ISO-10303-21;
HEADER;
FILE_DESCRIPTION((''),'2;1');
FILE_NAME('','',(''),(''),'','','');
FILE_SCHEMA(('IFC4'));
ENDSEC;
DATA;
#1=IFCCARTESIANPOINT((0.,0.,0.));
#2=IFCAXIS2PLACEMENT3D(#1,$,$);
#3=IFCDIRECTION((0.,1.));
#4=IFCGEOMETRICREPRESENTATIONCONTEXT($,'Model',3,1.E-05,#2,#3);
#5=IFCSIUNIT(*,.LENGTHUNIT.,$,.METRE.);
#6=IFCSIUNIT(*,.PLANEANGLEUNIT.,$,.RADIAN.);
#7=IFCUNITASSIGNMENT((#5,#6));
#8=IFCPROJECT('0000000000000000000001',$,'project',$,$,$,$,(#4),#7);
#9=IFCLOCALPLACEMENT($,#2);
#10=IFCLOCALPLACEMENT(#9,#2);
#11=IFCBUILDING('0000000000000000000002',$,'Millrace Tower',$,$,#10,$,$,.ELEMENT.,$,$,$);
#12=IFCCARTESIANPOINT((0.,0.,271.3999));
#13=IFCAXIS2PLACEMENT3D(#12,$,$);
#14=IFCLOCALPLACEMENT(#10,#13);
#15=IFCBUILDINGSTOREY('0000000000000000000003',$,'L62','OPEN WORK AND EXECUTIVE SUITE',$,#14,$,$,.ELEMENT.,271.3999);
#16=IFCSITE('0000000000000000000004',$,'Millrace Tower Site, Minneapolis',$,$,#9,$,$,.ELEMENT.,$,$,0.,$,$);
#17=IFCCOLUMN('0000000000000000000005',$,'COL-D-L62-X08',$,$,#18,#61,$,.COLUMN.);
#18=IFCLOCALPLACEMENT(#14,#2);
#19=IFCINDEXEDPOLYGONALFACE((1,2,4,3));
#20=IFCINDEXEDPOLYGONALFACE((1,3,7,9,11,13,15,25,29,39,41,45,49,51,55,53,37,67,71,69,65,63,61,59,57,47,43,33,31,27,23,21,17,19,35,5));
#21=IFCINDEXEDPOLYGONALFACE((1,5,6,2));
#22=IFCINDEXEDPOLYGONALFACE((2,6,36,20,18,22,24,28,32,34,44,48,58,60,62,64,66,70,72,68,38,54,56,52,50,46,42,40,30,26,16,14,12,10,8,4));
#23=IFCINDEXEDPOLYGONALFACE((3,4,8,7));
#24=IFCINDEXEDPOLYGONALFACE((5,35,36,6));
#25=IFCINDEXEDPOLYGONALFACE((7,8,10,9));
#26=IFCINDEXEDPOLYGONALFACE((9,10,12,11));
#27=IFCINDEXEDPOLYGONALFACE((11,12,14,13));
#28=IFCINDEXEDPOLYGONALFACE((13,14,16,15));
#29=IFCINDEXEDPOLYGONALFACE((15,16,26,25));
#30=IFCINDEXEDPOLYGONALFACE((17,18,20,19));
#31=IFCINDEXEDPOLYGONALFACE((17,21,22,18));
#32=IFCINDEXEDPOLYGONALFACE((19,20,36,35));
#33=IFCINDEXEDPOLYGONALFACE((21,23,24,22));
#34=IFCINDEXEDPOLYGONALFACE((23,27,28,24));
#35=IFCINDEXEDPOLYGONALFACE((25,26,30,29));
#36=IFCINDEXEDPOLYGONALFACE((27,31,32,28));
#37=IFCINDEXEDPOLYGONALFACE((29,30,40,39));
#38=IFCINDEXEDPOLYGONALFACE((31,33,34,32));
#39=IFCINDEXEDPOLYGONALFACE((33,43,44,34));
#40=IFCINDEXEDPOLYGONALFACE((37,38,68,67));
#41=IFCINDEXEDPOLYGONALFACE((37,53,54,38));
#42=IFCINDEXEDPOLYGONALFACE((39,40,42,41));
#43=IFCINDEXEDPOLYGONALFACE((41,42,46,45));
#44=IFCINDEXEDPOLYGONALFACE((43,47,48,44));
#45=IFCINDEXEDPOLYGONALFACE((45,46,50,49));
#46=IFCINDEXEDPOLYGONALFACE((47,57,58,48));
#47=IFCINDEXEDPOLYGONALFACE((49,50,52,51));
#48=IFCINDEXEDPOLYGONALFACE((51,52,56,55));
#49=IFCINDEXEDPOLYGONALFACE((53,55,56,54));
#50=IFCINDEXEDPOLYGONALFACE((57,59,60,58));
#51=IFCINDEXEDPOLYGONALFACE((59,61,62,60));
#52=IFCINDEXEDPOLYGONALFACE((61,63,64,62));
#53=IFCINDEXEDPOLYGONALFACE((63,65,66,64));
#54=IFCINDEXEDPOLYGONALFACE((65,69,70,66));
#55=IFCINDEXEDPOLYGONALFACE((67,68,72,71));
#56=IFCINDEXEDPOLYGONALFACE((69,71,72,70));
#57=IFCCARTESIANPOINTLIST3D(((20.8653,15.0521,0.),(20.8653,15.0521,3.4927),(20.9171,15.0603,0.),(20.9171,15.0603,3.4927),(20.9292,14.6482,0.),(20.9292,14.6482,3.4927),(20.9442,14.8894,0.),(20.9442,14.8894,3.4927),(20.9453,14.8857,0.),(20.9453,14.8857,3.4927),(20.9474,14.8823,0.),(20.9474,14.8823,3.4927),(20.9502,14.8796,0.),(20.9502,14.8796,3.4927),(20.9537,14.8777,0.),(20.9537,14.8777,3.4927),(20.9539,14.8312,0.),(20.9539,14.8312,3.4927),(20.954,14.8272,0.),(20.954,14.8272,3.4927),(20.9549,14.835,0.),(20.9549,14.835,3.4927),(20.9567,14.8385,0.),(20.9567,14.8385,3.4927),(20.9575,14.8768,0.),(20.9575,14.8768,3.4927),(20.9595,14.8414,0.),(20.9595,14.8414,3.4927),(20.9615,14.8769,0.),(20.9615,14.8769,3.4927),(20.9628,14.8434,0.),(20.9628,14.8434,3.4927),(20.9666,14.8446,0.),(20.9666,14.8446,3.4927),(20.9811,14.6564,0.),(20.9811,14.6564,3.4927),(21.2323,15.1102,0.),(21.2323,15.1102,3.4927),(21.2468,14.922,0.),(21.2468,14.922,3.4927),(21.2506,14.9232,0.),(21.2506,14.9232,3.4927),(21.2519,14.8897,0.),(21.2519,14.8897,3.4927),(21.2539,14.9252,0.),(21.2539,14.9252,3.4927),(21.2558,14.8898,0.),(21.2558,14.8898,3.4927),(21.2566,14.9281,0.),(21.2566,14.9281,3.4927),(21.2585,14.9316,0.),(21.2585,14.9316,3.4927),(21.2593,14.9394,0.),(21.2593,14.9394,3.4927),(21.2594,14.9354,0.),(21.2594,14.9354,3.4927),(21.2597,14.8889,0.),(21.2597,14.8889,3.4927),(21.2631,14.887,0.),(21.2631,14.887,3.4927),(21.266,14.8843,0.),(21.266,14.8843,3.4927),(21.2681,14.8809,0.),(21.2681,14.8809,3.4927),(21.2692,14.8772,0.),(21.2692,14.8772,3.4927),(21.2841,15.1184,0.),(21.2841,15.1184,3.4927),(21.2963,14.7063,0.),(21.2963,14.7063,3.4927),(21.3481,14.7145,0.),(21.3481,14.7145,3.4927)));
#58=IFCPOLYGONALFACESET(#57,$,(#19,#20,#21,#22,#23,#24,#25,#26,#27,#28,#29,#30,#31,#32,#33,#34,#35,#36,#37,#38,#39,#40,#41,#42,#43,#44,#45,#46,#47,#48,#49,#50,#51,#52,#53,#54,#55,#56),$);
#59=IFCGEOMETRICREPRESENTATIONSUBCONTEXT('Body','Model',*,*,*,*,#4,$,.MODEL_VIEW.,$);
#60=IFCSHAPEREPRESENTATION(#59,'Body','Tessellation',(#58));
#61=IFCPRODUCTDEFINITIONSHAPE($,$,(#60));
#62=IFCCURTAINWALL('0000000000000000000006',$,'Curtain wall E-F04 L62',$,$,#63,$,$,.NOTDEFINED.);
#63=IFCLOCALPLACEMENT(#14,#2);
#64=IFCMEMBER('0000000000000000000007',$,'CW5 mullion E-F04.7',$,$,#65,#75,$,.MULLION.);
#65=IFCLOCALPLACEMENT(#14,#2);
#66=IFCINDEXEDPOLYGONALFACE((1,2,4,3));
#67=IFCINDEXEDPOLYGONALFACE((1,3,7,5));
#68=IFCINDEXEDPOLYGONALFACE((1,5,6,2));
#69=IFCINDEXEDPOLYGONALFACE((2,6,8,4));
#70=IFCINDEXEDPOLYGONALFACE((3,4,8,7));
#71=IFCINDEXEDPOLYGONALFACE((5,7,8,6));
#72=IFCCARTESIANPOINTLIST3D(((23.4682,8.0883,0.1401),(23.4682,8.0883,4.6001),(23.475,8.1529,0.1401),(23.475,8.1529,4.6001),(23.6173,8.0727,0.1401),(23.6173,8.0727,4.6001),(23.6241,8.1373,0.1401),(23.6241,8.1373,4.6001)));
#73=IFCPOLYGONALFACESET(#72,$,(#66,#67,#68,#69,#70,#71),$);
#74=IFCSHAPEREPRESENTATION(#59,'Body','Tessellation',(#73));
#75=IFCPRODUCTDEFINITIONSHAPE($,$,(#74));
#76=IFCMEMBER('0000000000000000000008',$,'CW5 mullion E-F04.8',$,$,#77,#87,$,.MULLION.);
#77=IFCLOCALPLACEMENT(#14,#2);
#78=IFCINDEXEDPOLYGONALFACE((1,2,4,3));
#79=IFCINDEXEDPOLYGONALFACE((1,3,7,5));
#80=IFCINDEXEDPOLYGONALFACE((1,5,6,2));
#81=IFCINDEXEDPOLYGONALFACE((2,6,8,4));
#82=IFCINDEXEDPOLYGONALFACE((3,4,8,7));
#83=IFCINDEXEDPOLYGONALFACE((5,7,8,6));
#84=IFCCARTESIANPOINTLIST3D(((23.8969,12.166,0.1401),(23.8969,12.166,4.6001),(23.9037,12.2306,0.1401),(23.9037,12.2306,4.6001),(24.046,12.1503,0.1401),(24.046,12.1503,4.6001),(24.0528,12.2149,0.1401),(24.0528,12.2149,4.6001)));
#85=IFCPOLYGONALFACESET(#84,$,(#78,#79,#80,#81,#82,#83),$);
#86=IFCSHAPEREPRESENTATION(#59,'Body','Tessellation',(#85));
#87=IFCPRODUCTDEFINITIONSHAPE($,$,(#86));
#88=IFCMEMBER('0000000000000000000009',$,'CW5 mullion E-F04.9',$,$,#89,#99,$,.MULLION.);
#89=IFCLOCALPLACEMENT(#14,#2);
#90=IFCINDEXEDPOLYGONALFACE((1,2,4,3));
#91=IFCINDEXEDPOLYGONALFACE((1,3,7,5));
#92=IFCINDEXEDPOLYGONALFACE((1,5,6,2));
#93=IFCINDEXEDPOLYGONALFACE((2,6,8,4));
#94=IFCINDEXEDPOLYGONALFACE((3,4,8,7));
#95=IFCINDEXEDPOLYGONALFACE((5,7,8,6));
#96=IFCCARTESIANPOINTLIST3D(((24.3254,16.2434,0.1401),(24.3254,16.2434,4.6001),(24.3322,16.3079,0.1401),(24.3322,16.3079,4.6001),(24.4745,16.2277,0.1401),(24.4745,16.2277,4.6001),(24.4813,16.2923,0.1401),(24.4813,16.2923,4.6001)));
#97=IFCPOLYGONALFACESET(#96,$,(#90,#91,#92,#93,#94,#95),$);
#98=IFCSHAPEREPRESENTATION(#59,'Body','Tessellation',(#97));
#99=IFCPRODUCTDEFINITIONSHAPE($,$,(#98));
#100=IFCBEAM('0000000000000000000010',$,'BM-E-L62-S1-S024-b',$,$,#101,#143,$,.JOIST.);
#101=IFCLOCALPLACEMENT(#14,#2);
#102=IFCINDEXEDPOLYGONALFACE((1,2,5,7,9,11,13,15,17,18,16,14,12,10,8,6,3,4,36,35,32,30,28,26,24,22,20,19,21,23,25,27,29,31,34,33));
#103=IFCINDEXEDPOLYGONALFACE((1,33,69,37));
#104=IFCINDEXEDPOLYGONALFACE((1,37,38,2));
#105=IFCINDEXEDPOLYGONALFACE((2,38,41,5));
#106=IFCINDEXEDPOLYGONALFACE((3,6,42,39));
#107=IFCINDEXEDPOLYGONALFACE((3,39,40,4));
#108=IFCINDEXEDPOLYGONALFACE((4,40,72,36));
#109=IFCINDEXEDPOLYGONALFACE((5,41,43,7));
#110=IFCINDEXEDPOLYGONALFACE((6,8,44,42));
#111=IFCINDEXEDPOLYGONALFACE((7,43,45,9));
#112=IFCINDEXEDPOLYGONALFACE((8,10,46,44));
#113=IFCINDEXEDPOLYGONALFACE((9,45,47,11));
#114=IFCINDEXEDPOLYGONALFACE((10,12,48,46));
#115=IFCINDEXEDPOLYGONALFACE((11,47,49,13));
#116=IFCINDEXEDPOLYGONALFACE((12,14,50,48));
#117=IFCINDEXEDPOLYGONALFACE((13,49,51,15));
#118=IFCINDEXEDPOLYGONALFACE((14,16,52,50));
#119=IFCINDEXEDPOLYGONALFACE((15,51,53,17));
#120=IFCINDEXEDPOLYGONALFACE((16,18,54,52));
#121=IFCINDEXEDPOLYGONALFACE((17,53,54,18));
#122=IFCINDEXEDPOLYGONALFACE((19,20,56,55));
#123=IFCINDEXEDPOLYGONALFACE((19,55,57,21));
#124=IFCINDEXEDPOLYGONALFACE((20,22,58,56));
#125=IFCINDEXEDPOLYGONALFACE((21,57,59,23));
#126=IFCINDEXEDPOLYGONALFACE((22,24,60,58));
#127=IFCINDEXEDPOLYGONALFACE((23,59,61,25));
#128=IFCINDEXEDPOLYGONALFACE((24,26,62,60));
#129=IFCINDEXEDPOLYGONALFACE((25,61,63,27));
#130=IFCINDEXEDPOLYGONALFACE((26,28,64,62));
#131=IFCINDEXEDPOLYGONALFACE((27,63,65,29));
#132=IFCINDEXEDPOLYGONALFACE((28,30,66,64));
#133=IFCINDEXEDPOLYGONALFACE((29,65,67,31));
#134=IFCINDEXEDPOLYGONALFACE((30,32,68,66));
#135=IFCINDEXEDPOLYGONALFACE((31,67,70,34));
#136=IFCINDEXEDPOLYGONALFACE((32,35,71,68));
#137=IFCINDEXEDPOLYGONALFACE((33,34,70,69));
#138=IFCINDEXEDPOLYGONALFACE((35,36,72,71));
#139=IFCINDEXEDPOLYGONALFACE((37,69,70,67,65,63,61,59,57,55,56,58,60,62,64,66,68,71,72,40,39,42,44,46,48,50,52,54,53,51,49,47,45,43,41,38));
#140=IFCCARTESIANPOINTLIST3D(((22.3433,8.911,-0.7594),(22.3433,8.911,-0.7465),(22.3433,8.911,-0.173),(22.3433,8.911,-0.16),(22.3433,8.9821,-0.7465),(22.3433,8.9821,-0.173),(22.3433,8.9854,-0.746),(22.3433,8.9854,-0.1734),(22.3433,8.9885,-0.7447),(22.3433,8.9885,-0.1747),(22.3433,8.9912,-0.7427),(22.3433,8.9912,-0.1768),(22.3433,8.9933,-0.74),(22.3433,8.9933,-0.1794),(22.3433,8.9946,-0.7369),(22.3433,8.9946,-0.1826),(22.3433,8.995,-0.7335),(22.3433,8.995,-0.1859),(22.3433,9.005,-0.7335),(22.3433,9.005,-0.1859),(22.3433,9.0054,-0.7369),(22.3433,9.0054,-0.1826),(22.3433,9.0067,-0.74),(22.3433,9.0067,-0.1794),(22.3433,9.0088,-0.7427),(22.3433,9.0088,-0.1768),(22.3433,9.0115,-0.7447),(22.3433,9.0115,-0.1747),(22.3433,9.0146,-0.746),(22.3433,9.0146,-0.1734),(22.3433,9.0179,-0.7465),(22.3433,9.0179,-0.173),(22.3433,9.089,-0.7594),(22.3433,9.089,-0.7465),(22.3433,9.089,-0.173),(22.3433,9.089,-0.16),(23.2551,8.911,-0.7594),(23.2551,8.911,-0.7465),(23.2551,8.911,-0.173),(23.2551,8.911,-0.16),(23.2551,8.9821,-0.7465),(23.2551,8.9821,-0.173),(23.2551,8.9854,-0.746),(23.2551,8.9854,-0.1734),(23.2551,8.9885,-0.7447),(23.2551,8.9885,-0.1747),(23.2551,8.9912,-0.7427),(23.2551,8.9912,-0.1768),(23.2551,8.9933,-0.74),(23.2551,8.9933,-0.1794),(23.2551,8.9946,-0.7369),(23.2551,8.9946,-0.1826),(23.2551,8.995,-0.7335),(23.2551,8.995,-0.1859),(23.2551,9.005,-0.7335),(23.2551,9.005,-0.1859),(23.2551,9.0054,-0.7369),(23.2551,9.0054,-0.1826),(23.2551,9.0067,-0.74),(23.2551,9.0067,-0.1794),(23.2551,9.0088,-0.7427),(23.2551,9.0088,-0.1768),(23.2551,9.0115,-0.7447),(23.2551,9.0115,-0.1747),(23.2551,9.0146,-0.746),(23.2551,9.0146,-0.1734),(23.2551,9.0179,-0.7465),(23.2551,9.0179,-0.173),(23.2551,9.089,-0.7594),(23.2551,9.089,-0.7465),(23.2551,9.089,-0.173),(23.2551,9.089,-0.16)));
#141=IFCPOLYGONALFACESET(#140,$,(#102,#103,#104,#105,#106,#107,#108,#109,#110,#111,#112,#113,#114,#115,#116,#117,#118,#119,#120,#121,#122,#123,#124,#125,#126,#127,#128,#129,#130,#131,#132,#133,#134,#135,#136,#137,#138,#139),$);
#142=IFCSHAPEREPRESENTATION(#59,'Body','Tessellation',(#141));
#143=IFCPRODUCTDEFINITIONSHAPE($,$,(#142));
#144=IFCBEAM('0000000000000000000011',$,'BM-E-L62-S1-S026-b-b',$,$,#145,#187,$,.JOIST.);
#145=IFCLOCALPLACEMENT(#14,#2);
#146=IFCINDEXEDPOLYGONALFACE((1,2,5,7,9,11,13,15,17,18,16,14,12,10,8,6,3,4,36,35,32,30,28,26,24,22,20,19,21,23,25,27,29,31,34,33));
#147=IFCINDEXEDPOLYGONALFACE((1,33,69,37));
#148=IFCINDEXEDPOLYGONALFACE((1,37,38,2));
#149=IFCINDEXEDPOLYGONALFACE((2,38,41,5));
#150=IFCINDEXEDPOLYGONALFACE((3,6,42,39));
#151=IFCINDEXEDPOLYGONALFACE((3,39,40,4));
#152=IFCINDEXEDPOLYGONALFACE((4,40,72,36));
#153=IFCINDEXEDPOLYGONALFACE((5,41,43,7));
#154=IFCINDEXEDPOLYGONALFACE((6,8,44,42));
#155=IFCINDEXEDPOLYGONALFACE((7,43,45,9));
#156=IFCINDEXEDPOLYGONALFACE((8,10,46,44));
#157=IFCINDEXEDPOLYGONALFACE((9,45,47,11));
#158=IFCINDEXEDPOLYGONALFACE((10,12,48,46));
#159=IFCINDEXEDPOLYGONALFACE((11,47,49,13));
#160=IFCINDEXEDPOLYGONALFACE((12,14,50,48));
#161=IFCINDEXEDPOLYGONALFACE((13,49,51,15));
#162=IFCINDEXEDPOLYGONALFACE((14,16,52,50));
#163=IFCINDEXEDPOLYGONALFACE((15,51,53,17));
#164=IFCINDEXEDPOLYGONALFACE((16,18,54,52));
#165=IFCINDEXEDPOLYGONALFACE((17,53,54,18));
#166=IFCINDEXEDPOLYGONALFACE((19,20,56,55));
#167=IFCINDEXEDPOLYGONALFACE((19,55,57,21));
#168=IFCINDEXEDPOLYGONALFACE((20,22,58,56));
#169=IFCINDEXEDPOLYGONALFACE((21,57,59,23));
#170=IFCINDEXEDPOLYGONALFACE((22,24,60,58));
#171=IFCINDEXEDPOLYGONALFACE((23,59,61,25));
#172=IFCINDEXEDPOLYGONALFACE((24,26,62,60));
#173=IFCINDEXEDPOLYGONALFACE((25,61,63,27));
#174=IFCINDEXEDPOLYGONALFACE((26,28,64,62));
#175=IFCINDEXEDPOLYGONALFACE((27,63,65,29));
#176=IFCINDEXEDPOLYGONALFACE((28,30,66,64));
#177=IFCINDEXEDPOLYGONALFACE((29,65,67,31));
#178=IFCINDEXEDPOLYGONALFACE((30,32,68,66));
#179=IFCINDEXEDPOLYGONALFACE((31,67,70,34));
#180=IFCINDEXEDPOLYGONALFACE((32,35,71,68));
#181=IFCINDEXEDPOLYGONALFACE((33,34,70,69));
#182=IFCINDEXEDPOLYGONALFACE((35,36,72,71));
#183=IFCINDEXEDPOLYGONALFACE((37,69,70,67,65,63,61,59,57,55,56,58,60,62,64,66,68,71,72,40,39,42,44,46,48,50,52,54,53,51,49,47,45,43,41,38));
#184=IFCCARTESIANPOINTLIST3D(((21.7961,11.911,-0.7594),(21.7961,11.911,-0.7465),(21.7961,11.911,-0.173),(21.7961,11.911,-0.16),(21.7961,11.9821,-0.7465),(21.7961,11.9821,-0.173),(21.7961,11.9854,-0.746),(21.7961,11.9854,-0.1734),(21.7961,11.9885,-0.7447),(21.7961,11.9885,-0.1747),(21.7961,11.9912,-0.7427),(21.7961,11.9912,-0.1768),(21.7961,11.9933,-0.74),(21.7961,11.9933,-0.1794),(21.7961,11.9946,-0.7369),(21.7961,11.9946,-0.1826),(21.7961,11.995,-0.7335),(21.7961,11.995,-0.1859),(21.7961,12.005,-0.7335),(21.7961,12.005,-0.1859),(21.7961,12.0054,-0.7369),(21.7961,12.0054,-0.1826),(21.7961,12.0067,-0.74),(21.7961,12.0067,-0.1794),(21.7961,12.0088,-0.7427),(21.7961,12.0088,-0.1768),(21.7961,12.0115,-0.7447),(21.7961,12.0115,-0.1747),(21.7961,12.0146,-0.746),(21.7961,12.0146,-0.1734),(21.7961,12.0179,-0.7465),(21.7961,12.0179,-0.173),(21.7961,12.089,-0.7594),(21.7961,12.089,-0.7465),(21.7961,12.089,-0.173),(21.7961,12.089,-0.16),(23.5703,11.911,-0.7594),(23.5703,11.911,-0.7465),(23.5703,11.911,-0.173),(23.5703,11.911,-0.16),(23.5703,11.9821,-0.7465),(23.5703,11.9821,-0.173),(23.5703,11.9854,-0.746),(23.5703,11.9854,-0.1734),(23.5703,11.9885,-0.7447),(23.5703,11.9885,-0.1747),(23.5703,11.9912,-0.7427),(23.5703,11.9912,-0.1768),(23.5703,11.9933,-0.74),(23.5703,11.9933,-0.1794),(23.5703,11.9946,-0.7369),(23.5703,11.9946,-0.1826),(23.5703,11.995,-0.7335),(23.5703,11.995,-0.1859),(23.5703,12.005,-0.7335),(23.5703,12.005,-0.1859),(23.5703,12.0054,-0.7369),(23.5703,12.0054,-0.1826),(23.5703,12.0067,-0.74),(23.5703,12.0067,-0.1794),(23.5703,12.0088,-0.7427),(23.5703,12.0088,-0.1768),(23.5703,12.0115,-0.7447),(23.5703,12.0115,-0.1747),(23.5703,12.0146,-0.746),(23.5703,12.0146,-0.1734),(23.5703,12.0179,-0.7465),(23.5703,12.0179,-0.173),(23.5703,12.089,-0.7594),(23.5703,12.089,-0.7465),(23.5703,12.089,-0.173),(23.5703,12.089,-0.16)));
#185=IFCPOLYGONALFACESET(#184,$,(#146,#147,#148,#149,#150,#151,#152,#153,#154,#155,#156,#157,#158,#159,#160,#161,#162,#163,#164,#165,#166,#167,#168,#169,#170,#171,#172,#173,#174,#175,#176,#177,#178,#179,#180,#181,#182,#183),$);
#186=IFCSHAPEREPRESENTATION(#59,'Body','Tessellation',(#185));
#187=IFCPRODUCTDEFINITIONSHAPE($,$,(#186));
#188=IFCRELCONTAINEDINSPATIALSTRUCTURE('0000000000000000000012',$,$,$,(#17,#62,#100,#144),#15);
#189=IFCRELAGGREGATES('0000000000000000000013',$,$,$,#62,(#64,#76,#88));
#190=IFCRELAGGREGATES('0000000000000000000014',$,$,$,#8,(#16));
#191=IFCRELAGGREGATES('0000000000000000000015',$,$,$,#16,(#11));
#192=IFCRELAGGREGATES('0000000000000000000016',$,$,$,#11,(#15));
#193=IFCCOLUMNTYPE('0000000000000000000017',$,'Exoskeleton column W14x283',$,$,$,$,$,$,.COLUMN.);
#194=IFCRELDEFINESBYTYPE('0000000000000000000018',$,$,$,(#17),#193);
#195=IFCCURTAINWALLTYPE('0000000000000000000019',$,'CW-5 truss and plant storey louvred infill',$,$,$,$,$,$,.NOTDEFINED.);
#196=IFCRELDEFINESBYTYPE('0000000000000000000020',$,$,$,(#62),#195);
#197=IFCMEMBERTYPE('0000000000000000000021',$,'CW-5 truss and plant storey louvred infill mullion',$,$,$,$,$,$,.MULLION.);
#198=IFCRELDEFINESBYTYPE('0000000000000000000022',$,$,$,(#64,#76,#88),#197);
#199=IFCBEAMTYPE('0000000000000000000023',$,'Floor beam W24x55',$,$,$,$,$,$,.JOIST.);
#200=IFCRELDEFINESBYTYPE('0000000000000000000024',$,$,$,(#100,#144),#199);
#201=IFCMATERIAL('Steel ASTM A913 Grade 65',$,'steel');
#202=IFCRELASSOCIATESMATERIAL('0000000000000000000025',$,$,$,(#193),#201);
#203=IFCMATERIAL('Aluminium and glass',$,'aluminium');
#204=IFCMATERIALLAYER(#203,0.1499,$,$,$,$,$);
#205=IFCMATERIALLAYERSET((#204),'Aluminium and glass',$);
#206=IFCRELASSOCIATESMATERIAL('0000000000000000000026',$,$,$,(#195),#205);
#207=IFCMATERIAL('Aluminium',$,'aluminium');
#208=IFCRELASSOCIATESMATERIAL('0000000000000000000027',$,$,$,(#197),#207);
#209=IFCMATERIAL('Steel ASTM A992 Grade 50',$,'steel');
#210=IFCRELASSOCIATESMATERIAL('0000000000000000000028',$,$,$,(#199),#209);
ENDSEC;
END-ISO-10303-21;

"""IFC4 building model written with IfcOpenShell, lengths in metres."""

from ifc_helpers import new_model, si_unit, direction, frame, origin, origin_2d, place, context, subcontext, project, spatial, rectangle, i_section, extrude, material, layer, layer_set, material_profile, profile_set, type_object, element, aggregate, save


model = new_model("IFC4")

# Units and contexts
model_context = context("Model", 3, precision=1e-05, world=origin(), true_north=direction((0.0, 1.0)))
body_context = subcontext(model_context, "Body", "Model", "MODEL_VIEW")
ifc_project = project(units=[si_unit("LENGTHUNIT", "METRE"), si_unit("PLANEANGLEUNIT", "RADIAN")], contexts=[model_context])

# Site, building, storey
site_placement = place(None, origin())
site = spatial("IfcSite", under=ifc_project, at=site_placement, Name="Millrace Tower Site, Minneapolis", CompositionType="ELEMENT", RefElevation=0.0)
building_placement = place(site_placement, origin())
building = spatial("IfcBuilding", under=site, at=building_placement, Name="Millrace Tower", CompositionType="ELEMENT")
storey_placement = place(building_placement, frame((0.0, 0.0, 271.3999)))
storey = spatial("IfcBuildingStorey", under=building, at=storey_placement, Name="L62", Description="OPEN WORK AND EXECUTIVE SUITE", CompositionType="ELEMENT", Elevation=271.3999)

# Column
ifc_material_1 = material(Name="Steel ASTM A913 Grade 65", Category="steel")
ifc_material_profile_1 = material_profile(ifc_material_1, i_section(OverallWidth=0.4089, OverallDepth=0.4241, WebThickness=0.0327, FlangeThickness=0.0525, FilletRadius=0.0151, at=origin_2d()))
ifc_profile_set_1 = profile_set([ifc_material_profile_1], Name="Steel ASTM A913 Grade 65")
column_type = type_object("IfcColumnType", Name="Exoskeleton column W14x283", PredefinedType="COLUMN", material=ifc_profile_set_1)
column_placement = place(storey_placement, frame((21.1067, 14.8833, 0.0), z_axis=(0.0, 0.0, 1.0), x_axis=(-0.156434, 0.987688, 0.0)))
element("IfcColumn", 1, at=column_placement, inside=storey, type_object=column_type, Name="COL-D-L62-X08", PredefinedType="COLUMN", context=body_context, shape_type="SweptSolid", body=[
    extrude(i_section(OverallWidth=0.4089, OverallDepth=0.4241, WebThickness=0.0327, FlangeThickness=0.0525, FilletRadius=0.0151, at=origin_2d()), origin(), (0.0, 0.0, 1.0), 3.4927),
])

# Curtain wall, members
ifc_material_2 = material(Name="Aluminium and glass", Category="aluminium")
ifc_layer_1 = layer(ifc_material_2, 0.1499)
ifc_layer_set_1 = layer_set([ifc_layer_1], Name="Aluminium and glass")
curtain_wall_type = type_object("IfcCurtainWallType", Name="CW-5 truss and plant storey louvred infill", PredefinedType="NOTDEFINED", material=ifc_layer_set_1)
curtain_wall_placement = place(storey_placement, origin())
curtain_wall = element("IfcCurtainWall", 2, at=curtain_wall_placement, inside=storey, type_object=curtain_wall_type, Name="Curtain wall E-F04 L62", PredefinedType="NOTDEFINED")
ifc_material_3 = material(Name="Aluminium", Category="aluminium")
ifc_material_profile_2 = material_profile(ifc_material_3, rectangle(XDim=0.0649, YDim=0.1499, at=origin_2d()))
ifc_profile_set_2 = profile_set([ifc_material_profile_2], Name="Aluminium")
member_type_1 = type_object("IfcMemberType", Name="CW-5 truss and plant storey louvred infill mullion", PredefinedType="MULLION", material=ifc_profile_set_2)
member_1_placement = place(storey_placement, frame((23.5461, 8.1128, 0.1401), z_axis=(0.0, 0.0, 1.0), x_axis=(0.104528, 0.994522, 0.0)))
member_1 = element("IfcMember", 3, at=member_1_placement, type_object=member_type_1, Name="CW5 mullion E-F04.7", PredefinedType="MULLION", context=body_context, shape_type="SweptSolid", body=[
    extrude(rectangle(XDim=0.0649, YDim=0.1499, at=origin_2d()), origin(), (0.0, 0.0, 1.0), 4.46),
])
member_2_placement = place(storey_placement, frame((23.9749, 12.1904, 0.1401), z_axis=(0.0, 0.0, 1.0), x_axis=(0.104528, 0.994522, 0.0)))
member_2 = element("IfcMember", 4, at=member_2_placement, type_object=member_type_1, Name="CW5 mullion E-F04.8", PredefinedType="MULLION", context=body_context, shape_type="SweptSolid", body=[
    extrude(rectangle(XDim=0.0649, YDim=0.1499, at=origin_2d()), origin(), (0.0, 0.0, 1.0), 4.46),
])
member_3_placement = place(storey_placement, frame((24.4033, 16.2678, 0.1401), z_axis=(0.0, 0.0, 1.0), x_axis=(0.104528, 0.994522, 0.0)))
member_3 = element("IfcMember", 5, at=member_3_placement, type_object=member_type_1, Name="CW5 mullion E-F04.9", PredefinedType="MULLION", context=body_context, shape_type="SweptSolid", body=[
    extrude(rectangle(XDim=0.0649, YDim=0.1499, at=origin_2d()), origin(), (0.0, 0.0, 1.0), 4.46),
])
aggregate(curtain_wall, [member_1, member_2, member_3])

# Beams
ifc_material_4 = material(Name="Steel ASTM A992 Grade 50", Category="steel")
ifc_material_profile_3 = material_profile(ifc_material_4, i_section(OverallWidth=0.178, OverallDepth=0.5994, WebThickness=0.01, FlangeThickness=0.0129, FilletRadius=0.0129, at=origin_2d()))
ifc_profile_set_3 = profile_set([ifc_material_profile_3], Name="Steel ASTM A992 Grade 50")
beam_type_1 = type_object("IfcBeamType", Name="Floor beam W24x55", PredefinedType="JOIST", material=ifc_profile_set_3)
beam_1_placement = place(storey_placement, frame((22.3433, 9.0, -0.4597), z_axis=(1.0, 0.0, 0.0), x_axis=(0.0, 1.0, 0.0)))
element("IfcBeam", 6, at=beam_1_placement, inside=storey, type_object=beam_type_1, Name="BM-E-L62-S1-S024-b", PredefinedType="JOIST", context=body_context, shape_type="SweptSolid", body=[
    extrude(i_section(OverallWidth=0.178, OverallDepth=0.5994, WebThickness=0.01, FlangeThickness=0.0129, FilletRadius=0.0129, at=origin_2d()), origin(), (0.0, 0.0, 1.0), 0.9119),
])
beam_2_placement = place(storey_placement, frame((21.7961, 12.0, -0.4597), z_axis=(1.0, 0.0, 0.0), x_axis=(0.0, 1.0, 0.0)))
element("IfcBeam", 7, at=beam_2_placement, inside=storey, type_object=beam_type_1, Name="BM-E-L62-S1-S026-b-b", PredefinedType="JOIST", context=body_context, shape_type="SweptSolid", body=[
    extrude(i_section(OverallWidth=0.178, OverallDepth=0.5994, WebThickness=0.01, FlangeThickness=0.0129, FilletRadius=0.0129, at=origin_2d()), origin(), (0.0, 0.0, 1.0), 1.7742),
])

save(model, "model.ifc")
